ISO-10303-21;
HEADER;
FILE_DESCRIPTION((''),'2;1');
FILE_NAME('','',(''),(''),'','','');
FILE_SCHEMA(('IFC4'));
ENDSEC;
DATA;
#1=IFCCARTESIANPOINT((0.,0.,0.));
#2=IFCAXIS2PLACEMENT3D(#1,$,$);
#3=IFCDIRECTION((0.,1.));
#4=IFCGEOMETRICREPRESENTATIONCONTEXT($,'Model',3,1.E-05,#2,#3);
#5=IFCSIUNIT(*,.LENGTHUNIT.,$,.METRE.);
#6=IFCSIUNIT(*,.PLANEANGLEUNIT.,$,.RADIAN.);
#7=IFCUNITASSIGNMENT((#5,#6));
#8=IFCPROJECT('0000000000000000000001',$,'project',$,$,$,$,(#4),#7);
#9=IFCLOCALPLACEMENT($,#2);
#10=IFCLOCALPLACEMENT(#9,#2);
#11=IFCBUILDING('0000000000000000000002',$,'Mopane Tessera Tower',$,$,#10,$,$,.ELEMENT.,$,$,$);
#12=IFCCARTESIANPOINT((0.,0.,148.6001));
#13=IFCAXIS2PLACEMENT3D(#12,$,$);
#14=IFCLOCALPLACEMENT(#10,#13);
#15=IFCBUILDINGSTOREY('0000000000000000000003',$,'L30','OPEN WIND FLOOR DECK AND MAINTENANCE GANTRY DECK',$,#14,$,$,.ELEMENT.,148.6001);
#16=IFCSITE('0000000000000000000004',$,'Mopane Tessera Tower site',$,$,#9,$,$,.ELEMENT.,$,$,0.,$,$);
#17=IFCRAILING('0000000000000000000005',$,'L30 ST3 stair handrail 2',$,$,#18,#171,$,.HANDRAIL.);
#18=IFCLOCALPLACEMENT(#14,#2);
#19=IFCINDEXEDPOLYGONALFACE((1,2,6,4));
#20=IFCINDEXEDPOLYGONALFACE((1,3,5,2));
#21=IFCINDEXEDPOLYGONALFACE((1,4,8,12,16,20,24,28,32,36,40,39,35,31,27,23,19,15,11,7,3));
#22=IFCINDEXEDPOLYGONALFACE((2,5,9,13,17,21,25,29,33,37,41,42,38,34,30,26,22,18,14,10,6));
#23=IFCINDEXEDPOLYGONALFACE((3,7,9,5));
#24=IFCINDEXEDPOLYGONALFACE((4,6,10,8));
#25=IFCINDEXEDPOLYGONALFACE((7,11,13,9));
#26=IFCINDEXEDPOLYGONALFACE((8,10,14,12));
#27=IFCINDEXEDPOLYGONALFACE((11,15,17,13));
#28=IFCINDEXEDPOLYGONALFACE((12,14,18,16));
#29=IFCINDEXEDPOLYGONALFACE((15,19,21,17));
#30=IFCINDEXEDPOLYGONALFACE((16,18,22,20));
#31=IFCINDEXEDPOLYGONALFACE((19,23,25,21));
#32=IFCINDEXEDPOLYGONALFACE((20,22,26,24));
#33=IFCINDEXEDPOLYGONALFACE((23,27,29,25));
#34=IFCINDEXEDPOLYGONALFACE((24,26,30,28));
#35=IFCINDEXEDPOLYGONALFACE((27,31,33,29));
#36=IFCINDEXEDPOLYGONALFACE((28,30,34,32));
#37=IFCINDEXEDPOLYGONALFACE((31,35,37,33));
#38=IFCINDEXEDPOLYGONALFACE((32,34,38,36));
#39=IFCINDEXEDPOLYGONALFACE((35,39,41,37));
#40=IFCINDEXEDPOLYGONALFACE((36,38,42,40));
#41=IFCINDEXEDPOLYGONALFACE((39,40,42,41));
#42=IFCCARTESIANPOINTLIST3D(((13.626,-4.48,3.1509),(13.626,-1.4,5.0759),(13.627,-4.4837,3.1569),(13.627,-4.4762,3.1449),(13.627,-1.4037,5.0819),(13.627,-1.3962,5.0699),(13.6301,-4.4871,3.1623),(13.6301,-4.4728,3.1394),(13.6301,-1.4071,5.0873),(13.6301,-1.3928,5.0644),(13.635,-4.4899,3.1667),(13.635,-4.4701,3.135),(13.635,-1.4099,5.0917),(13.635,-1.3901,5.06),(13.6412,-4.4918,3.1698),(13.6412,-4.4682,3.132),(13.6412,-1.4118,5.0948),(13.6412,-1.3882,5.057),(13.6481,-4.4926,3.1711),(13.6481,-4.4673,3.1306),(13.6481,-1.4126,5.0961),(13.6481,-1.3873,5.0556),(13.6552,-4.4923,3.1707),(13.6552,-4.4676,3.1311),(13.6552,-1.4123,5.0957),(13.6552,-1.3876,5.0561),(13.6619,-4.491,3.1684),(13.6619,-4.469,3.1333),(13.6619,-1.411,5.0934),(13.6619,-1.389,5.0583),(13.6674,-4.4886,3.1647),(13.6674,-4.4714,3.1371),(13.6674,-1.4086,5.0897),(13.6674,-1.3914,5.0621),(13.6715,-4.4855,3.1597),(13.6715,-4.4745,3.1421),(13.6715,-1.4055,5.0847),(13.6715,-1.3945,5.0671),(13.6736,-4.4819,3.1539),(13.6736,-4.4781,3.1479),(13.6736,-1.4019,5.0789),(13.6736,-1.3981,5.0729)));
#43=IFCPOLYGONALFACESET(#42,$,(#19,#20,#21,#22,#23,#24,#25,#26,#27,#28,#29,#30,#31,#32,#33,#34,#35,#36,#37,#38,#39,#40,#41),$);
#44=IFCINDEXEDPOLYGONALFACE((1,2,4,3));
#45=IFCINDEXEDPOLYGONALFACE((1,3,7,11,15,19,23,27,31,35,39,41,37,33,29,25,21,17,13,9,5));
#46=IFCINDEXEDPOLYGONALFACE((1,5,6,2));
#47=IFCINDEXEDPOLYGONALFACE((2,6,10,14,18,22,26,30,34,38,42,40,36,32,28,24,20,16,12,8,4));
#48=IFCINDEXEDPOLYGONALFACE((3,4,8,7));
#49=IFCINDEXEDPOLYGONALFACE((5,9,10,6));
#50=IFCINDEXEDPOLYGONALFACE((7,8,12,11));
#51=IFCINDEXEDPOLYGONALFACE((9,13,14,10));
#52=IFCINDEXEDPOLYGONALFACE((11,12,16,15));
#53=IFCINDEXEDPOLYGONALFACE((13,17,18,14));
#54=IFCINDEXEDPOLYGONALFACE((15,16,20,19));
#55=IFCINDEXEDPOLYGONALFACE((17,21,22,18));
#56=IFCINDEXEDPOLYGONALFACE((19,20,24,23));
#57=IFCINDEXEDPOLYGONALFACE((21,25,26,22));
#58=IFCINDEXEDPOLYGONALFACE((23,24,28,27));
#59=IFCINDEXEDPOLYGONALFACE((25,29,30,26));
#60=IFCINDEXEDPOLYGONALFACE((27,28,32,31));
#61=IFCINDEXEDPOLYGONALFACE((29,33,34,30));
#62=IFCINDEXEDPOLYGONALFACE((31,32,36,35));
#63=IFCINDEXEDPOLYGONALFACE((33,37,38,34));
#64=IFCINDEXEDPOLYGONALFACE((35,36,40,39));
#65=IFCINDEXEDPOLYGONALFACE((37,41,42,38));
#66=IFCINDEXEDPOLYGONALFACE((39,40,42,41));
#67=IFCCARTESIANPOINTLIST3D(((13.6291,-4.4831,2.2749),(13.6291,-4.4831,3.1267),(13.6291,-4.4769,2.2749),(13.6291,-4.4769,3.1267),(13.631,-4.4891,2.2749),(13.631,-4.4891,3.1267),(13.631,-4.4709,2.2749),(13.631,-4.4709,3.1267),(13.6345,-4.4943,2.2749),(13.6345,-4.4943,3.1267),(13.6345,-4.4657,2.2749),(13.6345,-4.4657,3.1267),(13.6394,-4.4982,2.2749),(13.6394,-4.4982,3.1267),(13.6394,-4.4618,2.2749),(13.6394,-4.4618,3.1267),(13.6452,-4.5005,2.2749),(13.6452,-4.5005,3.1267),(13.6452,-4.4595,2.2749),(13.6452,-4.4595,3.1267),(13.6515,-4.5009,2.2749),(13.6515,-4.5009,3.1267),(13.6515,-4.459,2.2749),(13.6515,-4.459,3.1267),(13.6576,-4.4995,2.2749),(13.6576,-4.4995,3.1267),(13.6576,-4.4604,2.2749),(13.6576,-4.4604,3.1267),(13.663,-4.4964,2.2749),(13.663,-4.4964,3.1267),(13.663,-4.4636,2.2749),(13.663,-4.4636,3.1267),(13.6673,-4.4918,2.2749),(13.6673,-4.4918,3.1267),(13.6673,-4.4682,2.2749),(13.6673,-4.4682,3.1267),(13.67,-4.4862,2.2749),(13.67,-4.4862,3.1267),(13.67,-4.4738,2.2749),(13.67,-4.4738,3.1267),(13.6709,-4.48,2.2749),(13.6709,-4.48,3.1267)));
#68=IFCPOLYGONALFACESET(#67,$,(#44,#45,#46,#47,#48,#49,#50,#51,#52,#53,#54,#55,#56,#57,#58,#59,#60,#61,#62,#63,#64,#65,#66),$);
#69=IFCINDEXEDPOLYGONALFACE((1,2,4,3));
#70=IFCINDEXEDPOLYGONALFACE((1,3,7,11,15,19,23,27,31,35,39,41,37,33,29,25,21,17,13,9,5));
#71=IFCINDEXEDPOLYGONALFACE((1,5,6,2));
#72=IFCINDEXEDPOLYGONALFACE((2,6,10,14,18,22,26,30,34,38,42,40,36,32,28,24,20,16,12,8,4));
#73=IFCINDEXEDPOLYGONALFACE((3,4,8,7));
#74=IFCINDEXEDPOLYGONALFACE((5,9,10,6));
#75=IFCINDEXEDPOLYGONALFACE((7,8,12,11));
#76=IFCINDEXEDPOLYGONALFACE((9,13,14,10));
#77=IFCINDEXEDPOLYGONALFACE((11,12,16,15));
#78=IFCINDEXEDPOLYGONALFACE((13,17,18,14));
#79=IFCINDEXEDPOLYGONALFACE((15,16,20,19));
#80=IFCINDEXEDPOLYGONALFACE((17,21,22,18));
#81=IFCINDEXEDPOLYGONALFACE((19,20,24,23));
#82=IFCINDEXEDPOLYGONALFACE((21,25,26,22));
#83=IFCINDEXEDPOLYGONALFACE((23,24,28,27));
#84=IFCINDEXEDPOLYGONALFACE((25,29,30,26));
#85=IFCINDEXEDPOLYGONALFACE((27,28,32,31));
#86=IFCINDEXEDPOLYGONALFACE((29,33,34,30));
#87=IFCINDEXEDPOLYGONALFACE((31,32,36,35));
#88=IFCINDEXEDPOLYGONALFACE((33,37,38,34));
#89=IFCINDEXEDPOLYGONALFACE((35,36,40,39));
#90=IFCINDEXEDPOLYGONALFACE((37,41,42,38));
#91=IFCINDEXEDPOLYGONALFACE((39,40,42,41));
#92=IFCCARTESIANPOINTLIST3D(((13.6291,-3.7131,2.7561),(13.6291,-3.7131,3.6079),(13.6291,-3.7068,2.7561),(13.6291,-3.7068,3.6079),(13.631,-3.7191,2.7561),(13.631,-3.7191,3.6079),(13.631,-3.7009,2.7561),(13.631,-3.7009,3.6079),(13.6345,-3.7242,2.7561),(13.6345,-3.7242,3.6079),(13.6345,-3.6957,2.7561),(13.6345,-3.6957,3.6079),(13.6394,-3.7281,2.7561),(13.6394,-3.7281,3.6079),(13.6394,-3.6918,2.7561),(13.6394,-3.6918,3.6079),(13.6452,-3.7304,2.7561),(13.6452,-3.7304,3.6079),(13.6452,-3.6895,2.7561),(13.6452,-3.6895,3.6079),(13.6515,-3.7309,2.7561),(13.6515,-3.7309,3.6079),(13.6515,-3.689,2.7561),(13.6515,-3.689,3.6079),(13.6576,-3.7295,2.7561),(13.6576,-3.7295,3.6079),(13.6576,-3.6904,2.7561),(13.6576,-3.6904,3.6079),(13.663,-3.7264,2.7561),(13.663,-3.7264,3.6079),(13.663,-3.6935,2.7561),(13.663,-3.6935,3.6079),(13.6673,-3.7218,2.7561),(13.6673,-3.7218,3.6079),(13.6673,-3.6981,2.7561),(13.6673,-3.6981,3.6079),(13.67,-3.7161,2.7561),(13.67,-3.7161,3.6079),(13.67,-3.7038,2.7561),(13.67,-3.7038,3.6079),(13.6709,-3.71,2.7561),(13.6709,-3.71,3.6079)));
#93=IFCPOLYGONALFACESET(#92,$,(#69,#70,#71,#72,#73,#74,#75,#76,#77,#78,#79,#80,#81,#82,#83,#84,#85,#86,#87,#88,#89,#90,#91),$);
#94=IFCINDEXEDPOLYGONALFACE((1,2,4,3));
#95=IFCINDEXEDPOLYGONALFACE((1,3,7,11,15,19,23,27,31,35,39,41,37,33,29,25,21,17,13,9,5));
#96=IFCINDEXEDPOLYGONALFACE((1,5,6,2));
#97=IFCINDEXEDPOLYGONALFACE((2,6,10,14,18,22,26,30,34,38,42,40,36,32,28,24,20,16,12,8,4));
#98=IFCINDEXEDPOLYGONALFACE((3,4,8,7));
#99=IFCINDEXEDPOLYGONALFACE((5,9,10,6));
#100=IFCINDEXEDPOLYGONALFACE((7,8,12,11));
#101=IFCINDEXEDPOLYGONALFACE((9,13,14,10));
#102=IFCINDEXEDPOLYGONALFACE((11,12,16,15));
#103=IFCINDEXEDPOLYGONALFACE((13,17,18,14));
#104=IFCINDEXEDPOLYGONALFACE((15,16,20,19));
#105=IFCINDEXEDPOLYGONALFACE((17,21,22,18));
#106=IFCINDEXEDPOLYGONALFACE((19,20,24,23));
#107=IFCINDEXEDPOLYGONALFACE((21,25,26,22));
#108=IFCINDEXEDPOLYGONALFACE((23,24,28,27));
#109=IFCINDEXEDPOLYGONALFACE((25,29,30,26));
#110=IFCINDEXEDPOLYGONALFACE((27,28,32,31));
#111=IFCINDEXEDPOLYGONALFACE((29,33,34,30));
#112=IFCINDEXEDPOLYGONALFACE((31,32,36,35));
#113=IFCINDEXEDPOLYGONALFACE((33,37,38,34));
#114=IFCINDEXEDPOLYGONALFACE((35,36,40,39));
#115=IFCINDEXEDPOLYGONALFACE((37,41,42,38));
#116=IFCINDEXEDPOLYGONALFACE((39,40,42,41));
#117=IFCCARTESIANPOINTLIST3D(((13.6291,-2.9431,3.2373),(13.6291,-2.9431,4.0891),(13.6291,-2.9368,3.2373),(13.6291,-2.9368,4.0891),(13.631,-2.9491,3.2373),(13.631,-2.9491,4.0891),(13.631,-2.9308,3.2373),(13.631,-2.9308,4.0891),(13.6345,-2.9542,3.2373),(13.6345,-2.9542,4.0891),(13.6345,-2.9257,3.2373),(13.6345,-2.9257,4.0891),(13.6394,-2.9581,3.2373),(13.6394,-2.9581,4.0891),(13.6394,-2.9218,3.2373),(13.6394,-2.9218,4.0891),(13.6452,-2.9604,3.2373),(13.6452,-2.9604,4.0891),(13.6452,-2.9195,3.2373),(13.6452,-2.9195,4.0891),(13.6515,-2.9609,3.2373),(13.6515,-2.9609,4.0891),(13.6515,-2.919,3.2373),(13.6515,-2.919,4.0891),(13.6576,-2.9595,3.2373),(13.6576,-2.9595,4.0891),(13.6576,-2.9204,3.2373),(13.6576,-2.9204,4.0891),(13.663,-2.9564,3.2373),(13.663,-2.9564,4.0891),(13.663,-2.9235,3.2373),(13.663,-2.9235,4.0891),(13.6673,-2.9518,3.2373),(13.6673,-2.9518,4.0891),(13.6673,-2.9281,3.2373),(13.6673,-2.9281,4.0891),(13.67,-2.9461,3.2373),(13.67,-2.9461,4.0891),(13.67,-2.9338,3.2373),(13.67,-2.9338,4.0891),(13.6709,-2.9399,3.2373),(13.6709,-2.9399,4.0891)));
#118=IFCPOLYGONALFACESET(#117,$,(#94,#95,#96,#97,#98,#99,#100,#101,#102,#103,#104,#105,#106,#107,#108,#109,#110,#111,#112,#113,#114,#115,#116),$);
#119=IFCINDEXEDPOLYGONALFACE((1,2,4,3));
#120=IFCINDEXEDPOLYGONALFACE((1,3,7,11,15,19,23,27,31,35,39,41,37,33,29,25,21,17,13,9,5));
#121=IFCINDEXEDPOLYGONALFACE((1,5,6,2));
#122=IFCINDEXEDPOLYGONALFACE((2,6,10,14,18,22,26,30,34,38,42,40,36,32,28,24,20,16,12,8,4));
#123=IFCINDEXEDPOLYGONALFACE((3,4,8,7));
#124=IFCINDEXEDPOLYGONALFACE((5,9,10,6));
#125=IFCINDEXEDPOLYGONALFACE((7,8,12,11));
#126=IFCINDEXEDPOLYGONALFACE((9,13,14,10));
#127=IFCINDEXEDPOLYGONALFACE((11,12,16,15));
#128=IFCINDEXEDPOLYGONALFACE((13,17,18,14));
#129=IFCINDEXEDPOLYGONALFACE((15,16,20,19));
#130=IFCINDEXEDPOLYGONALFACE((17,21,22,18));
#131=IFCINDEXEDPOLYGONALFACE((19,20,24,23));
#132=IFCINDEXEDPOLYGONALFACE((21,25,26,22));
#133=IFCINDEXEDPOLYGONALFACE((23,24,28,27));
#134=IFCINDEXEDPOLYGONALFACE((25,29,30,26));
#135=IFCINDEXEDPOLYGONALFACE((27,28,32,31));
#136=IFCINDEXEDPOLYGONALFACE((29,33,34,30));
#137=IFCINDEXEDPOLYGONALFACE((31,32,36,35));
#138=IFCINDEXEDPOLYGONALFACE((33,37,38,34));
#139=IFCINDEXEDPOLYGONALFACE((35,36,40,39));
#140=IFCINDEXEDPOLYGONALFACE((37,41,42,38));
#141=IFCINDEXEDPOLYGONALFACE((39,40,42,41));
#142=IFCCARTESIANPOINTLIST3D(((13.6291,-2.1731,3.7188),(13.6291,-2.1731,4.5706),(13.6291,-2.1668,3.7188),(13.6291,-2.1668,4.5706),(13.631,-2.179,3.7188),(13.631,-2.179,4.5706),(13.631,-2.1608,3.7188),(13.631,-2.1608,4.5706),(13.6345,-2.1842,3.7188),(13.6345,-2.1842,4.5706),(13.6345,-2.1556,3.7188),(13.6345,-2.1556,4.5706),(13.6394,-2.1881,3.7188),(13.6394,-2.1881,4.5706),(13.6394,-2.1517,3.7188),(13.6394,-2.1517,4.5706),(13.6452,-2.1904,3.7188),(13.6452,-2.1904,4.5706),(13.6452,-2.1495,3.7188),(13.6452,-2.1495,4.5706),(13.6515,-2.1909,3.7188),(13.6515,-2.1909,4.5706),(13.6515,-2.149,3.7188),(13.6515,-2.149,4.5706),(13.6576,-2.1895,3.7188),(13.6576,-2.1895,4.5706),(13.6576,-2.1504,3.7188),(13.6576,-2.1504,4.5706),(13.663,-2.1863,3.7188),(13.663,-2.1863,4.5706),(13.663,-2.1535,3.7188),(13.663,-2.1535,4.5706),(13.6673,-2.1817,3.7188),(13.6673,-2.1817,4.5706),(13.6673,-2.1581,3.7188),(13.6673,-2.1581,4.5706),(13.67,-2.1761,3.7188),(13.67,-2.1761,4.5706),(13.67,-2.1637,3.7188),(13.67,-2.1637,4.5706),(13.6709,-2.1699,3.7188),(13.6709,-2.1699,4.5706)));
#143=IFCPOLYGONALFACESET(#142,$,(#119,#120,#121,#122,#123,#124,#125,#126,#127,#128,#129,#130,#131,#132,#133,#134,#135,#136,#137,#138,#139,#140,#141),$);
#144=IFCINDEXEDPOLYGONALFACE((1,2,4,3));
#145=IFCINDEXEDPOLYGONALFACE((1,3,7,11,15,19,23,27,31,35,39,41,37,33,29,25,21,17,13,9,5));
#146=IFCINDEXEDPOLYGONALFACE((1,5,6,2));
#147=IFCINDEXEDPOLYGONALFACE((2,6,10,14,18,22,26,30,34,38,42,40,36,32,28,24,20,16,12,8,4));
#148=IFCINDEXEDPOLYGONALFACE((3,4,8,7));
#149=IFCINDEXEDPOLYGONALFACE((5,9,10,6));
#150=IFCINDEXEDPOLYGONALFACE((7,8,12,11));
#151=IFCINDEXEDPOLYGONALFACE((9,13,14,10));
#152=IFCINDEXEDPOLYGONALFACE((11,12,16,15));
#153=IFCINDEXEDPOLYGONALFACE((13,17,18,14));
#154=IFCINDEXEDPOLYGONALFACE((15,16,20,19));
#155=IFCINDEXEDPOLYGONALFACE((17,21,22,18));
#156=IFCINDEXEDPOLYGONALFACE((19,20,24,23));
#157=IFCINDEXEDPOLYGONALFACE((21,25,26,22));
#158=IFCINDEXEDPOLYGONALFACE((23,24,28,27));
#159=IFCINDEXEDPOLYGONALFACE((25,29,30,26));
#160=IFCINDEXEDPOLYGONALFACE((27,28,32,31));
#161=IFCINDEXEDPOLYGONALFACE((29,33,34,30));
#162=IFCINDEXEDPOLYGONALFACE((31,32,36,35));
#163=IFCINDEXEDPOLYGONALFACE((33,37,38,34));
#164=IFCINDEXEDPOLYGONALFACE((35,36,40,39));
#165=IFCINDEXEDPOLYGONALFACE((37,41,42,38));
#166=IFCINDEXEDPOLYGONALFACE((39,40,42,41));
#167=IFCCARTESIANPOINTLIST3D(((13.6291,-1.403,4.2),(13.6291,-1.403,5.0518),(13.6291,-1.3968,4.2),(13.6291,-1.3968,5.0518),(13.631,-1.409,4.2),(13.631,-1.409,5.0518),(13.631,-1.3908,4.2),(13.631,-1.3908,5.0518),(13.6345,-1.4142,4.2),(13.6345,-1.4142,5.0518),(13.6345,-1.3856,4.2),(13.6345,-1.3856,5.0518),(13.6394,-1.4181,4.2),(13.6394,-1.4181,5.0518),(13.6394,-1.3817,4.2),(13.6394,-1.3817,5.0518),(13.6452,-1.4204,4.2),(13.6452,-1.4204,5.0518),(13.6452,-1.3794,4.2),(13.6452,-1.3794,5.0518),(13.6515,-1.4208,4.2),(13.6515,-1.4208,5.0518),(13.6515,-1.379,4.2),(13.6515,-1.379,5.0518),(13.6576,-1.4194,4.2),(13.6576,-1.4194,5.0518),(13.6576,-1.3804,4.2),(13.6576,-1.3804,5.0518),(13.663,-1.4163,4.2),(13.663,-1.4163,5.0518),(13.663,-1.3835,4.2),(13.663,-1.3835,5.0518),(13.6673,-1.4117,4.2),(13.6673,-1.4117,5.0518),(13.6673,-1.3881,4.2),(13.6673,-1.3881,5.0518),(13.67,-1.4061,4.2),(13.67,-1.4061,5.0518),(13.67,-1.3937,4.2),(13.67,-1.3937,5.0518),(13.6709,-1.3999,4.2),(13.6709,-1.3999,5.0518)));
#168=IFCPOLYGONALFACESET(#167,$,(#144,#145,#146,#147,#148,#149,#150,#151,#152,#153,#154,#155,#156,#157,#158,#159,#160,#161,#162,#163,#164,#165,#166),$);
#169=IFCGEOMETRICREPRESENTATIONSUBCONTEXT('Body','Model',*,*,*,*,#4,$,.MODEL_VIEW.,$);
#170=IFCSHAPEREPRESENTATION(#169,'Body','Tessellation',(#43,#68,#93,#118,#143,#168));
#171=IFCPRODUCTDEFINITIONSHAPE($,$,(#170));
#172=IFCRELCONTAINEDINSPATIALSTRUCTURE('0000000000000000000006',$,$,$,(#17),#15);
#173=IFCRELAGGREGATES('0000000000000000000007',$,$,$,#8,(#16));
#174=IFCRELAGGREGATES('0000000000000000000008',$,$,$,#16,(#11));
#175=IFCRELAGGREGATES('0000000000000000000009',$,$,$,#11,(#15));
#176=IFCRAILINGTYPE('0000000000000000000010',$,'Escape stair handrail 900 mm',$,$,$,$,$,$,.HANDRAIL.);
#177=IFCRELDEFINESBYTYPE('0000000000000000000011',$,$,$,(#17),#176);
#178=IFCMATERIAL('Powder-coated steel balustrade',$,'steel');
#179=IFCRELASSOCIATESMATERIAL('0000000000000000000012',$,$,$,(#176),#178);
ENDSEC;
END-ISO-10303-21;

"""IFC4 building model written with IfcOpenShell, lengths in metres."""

from ifc_helpers import new_model, si_unit, direction, frame, origin, origin_2d, place, context, subcontext, project, spatial, circle, extrude, material, type_object, element, save


model = new_model("IFC4")

# Units and contexts
model_context = context("Model", 3, precision=1e-05, world=origin(), true_north=direction((0.0, 1.0)))
body_context = subcontext(model_context, "Body", "Model", "MODEL_VIEW")
ifc_project = project(units=[si_unit("LENGTHUNIT", "METRE"), si_unit("PLANEANGLEUNIT", "RADIAN")], contexts=[model_context])

# Site, building, storey
site_placement = place(None, origin())
site = spatial("IfcSite", under=ifc_project, at=site_placement, Name="Mopane Tessera Tower site", CompositionType="ELEMENT", RefElevation=0.0)
building_placement = place(site_placement, origin())
building = spatial("IfcBuilding", under=site, at=building_placement, Name="Mopane Tessera Tower", CompositionType="ELEMENT")
storey_placement = place(building_placement, frame((0.0, 0.0, 148.6001)))
storey = spatial("IfcBuildingStorey", under=building, at=storey_placement, Name="L30", Description="OPEN WIND FLOOR DECK AND MAINTENANCE GANTRY DECK", CompositionType="ELEMENT", Elevation=148.6001)

# Railing
ifc_material_1 = material(Name="Powder-coated steel balustrade", Category="steel")
railing_type_1 = type_object("IfcRailingType", Name="Escape stair handrail 900 mm", PredefinedType="HANDRAIL", material=ifc_material_1)
for number, where, name in (
    (1, (13.6499, -4.48, 2.2749), "L30 ST3 stair handrail 2"),
):
    element("IfcRailing", number, at=place(storey_placement, frame(where)), inside=storey, type_object=railing_type_1, Name=name, PredefinedType="HANDRAIL", context=body_context, shape_type="SweptSolid", body=[
        extrude(circle(Radius=0.0239, at=origin_2d()), frame((0.0, 0.0, 0.876), z_axis=(0.0, 0.847998, 0.529999), x_axis=(-1.0, 0.0, 0.0)), (0.0, 0.0, 1.0), 3.6321),
        extrude(circle(Radius=0.021, at=origin_2d()), origin(), (0.0, 0.0, 1.0), 0.8518),
        extrude(circle(Radius=0.021, at=origin_2d()), frame((0.0, 0.77, 0.4812)), (0.0, 0.0, 1.0), 0.8518),
        extrude(circle(Radius=0.021, at=origin_2d()), frame((0.0, 1.54, 0.9624)), (0.0, 0.0, 1.0), 0.8518),
        extrude(circle(Radius=0.021, at=origin_2d()), frame((0.0, 2.3101, 1.4438)), (0.0, 0.0, 1.0), 0.8518),
        extrude(circle(Radius=0.021, at=origin_2d()), frame((0.0, 3.0801, 1.925)), (0.0, 0.0, 1.0), 0.8518),
    ])

save(model, "model.ifc")
